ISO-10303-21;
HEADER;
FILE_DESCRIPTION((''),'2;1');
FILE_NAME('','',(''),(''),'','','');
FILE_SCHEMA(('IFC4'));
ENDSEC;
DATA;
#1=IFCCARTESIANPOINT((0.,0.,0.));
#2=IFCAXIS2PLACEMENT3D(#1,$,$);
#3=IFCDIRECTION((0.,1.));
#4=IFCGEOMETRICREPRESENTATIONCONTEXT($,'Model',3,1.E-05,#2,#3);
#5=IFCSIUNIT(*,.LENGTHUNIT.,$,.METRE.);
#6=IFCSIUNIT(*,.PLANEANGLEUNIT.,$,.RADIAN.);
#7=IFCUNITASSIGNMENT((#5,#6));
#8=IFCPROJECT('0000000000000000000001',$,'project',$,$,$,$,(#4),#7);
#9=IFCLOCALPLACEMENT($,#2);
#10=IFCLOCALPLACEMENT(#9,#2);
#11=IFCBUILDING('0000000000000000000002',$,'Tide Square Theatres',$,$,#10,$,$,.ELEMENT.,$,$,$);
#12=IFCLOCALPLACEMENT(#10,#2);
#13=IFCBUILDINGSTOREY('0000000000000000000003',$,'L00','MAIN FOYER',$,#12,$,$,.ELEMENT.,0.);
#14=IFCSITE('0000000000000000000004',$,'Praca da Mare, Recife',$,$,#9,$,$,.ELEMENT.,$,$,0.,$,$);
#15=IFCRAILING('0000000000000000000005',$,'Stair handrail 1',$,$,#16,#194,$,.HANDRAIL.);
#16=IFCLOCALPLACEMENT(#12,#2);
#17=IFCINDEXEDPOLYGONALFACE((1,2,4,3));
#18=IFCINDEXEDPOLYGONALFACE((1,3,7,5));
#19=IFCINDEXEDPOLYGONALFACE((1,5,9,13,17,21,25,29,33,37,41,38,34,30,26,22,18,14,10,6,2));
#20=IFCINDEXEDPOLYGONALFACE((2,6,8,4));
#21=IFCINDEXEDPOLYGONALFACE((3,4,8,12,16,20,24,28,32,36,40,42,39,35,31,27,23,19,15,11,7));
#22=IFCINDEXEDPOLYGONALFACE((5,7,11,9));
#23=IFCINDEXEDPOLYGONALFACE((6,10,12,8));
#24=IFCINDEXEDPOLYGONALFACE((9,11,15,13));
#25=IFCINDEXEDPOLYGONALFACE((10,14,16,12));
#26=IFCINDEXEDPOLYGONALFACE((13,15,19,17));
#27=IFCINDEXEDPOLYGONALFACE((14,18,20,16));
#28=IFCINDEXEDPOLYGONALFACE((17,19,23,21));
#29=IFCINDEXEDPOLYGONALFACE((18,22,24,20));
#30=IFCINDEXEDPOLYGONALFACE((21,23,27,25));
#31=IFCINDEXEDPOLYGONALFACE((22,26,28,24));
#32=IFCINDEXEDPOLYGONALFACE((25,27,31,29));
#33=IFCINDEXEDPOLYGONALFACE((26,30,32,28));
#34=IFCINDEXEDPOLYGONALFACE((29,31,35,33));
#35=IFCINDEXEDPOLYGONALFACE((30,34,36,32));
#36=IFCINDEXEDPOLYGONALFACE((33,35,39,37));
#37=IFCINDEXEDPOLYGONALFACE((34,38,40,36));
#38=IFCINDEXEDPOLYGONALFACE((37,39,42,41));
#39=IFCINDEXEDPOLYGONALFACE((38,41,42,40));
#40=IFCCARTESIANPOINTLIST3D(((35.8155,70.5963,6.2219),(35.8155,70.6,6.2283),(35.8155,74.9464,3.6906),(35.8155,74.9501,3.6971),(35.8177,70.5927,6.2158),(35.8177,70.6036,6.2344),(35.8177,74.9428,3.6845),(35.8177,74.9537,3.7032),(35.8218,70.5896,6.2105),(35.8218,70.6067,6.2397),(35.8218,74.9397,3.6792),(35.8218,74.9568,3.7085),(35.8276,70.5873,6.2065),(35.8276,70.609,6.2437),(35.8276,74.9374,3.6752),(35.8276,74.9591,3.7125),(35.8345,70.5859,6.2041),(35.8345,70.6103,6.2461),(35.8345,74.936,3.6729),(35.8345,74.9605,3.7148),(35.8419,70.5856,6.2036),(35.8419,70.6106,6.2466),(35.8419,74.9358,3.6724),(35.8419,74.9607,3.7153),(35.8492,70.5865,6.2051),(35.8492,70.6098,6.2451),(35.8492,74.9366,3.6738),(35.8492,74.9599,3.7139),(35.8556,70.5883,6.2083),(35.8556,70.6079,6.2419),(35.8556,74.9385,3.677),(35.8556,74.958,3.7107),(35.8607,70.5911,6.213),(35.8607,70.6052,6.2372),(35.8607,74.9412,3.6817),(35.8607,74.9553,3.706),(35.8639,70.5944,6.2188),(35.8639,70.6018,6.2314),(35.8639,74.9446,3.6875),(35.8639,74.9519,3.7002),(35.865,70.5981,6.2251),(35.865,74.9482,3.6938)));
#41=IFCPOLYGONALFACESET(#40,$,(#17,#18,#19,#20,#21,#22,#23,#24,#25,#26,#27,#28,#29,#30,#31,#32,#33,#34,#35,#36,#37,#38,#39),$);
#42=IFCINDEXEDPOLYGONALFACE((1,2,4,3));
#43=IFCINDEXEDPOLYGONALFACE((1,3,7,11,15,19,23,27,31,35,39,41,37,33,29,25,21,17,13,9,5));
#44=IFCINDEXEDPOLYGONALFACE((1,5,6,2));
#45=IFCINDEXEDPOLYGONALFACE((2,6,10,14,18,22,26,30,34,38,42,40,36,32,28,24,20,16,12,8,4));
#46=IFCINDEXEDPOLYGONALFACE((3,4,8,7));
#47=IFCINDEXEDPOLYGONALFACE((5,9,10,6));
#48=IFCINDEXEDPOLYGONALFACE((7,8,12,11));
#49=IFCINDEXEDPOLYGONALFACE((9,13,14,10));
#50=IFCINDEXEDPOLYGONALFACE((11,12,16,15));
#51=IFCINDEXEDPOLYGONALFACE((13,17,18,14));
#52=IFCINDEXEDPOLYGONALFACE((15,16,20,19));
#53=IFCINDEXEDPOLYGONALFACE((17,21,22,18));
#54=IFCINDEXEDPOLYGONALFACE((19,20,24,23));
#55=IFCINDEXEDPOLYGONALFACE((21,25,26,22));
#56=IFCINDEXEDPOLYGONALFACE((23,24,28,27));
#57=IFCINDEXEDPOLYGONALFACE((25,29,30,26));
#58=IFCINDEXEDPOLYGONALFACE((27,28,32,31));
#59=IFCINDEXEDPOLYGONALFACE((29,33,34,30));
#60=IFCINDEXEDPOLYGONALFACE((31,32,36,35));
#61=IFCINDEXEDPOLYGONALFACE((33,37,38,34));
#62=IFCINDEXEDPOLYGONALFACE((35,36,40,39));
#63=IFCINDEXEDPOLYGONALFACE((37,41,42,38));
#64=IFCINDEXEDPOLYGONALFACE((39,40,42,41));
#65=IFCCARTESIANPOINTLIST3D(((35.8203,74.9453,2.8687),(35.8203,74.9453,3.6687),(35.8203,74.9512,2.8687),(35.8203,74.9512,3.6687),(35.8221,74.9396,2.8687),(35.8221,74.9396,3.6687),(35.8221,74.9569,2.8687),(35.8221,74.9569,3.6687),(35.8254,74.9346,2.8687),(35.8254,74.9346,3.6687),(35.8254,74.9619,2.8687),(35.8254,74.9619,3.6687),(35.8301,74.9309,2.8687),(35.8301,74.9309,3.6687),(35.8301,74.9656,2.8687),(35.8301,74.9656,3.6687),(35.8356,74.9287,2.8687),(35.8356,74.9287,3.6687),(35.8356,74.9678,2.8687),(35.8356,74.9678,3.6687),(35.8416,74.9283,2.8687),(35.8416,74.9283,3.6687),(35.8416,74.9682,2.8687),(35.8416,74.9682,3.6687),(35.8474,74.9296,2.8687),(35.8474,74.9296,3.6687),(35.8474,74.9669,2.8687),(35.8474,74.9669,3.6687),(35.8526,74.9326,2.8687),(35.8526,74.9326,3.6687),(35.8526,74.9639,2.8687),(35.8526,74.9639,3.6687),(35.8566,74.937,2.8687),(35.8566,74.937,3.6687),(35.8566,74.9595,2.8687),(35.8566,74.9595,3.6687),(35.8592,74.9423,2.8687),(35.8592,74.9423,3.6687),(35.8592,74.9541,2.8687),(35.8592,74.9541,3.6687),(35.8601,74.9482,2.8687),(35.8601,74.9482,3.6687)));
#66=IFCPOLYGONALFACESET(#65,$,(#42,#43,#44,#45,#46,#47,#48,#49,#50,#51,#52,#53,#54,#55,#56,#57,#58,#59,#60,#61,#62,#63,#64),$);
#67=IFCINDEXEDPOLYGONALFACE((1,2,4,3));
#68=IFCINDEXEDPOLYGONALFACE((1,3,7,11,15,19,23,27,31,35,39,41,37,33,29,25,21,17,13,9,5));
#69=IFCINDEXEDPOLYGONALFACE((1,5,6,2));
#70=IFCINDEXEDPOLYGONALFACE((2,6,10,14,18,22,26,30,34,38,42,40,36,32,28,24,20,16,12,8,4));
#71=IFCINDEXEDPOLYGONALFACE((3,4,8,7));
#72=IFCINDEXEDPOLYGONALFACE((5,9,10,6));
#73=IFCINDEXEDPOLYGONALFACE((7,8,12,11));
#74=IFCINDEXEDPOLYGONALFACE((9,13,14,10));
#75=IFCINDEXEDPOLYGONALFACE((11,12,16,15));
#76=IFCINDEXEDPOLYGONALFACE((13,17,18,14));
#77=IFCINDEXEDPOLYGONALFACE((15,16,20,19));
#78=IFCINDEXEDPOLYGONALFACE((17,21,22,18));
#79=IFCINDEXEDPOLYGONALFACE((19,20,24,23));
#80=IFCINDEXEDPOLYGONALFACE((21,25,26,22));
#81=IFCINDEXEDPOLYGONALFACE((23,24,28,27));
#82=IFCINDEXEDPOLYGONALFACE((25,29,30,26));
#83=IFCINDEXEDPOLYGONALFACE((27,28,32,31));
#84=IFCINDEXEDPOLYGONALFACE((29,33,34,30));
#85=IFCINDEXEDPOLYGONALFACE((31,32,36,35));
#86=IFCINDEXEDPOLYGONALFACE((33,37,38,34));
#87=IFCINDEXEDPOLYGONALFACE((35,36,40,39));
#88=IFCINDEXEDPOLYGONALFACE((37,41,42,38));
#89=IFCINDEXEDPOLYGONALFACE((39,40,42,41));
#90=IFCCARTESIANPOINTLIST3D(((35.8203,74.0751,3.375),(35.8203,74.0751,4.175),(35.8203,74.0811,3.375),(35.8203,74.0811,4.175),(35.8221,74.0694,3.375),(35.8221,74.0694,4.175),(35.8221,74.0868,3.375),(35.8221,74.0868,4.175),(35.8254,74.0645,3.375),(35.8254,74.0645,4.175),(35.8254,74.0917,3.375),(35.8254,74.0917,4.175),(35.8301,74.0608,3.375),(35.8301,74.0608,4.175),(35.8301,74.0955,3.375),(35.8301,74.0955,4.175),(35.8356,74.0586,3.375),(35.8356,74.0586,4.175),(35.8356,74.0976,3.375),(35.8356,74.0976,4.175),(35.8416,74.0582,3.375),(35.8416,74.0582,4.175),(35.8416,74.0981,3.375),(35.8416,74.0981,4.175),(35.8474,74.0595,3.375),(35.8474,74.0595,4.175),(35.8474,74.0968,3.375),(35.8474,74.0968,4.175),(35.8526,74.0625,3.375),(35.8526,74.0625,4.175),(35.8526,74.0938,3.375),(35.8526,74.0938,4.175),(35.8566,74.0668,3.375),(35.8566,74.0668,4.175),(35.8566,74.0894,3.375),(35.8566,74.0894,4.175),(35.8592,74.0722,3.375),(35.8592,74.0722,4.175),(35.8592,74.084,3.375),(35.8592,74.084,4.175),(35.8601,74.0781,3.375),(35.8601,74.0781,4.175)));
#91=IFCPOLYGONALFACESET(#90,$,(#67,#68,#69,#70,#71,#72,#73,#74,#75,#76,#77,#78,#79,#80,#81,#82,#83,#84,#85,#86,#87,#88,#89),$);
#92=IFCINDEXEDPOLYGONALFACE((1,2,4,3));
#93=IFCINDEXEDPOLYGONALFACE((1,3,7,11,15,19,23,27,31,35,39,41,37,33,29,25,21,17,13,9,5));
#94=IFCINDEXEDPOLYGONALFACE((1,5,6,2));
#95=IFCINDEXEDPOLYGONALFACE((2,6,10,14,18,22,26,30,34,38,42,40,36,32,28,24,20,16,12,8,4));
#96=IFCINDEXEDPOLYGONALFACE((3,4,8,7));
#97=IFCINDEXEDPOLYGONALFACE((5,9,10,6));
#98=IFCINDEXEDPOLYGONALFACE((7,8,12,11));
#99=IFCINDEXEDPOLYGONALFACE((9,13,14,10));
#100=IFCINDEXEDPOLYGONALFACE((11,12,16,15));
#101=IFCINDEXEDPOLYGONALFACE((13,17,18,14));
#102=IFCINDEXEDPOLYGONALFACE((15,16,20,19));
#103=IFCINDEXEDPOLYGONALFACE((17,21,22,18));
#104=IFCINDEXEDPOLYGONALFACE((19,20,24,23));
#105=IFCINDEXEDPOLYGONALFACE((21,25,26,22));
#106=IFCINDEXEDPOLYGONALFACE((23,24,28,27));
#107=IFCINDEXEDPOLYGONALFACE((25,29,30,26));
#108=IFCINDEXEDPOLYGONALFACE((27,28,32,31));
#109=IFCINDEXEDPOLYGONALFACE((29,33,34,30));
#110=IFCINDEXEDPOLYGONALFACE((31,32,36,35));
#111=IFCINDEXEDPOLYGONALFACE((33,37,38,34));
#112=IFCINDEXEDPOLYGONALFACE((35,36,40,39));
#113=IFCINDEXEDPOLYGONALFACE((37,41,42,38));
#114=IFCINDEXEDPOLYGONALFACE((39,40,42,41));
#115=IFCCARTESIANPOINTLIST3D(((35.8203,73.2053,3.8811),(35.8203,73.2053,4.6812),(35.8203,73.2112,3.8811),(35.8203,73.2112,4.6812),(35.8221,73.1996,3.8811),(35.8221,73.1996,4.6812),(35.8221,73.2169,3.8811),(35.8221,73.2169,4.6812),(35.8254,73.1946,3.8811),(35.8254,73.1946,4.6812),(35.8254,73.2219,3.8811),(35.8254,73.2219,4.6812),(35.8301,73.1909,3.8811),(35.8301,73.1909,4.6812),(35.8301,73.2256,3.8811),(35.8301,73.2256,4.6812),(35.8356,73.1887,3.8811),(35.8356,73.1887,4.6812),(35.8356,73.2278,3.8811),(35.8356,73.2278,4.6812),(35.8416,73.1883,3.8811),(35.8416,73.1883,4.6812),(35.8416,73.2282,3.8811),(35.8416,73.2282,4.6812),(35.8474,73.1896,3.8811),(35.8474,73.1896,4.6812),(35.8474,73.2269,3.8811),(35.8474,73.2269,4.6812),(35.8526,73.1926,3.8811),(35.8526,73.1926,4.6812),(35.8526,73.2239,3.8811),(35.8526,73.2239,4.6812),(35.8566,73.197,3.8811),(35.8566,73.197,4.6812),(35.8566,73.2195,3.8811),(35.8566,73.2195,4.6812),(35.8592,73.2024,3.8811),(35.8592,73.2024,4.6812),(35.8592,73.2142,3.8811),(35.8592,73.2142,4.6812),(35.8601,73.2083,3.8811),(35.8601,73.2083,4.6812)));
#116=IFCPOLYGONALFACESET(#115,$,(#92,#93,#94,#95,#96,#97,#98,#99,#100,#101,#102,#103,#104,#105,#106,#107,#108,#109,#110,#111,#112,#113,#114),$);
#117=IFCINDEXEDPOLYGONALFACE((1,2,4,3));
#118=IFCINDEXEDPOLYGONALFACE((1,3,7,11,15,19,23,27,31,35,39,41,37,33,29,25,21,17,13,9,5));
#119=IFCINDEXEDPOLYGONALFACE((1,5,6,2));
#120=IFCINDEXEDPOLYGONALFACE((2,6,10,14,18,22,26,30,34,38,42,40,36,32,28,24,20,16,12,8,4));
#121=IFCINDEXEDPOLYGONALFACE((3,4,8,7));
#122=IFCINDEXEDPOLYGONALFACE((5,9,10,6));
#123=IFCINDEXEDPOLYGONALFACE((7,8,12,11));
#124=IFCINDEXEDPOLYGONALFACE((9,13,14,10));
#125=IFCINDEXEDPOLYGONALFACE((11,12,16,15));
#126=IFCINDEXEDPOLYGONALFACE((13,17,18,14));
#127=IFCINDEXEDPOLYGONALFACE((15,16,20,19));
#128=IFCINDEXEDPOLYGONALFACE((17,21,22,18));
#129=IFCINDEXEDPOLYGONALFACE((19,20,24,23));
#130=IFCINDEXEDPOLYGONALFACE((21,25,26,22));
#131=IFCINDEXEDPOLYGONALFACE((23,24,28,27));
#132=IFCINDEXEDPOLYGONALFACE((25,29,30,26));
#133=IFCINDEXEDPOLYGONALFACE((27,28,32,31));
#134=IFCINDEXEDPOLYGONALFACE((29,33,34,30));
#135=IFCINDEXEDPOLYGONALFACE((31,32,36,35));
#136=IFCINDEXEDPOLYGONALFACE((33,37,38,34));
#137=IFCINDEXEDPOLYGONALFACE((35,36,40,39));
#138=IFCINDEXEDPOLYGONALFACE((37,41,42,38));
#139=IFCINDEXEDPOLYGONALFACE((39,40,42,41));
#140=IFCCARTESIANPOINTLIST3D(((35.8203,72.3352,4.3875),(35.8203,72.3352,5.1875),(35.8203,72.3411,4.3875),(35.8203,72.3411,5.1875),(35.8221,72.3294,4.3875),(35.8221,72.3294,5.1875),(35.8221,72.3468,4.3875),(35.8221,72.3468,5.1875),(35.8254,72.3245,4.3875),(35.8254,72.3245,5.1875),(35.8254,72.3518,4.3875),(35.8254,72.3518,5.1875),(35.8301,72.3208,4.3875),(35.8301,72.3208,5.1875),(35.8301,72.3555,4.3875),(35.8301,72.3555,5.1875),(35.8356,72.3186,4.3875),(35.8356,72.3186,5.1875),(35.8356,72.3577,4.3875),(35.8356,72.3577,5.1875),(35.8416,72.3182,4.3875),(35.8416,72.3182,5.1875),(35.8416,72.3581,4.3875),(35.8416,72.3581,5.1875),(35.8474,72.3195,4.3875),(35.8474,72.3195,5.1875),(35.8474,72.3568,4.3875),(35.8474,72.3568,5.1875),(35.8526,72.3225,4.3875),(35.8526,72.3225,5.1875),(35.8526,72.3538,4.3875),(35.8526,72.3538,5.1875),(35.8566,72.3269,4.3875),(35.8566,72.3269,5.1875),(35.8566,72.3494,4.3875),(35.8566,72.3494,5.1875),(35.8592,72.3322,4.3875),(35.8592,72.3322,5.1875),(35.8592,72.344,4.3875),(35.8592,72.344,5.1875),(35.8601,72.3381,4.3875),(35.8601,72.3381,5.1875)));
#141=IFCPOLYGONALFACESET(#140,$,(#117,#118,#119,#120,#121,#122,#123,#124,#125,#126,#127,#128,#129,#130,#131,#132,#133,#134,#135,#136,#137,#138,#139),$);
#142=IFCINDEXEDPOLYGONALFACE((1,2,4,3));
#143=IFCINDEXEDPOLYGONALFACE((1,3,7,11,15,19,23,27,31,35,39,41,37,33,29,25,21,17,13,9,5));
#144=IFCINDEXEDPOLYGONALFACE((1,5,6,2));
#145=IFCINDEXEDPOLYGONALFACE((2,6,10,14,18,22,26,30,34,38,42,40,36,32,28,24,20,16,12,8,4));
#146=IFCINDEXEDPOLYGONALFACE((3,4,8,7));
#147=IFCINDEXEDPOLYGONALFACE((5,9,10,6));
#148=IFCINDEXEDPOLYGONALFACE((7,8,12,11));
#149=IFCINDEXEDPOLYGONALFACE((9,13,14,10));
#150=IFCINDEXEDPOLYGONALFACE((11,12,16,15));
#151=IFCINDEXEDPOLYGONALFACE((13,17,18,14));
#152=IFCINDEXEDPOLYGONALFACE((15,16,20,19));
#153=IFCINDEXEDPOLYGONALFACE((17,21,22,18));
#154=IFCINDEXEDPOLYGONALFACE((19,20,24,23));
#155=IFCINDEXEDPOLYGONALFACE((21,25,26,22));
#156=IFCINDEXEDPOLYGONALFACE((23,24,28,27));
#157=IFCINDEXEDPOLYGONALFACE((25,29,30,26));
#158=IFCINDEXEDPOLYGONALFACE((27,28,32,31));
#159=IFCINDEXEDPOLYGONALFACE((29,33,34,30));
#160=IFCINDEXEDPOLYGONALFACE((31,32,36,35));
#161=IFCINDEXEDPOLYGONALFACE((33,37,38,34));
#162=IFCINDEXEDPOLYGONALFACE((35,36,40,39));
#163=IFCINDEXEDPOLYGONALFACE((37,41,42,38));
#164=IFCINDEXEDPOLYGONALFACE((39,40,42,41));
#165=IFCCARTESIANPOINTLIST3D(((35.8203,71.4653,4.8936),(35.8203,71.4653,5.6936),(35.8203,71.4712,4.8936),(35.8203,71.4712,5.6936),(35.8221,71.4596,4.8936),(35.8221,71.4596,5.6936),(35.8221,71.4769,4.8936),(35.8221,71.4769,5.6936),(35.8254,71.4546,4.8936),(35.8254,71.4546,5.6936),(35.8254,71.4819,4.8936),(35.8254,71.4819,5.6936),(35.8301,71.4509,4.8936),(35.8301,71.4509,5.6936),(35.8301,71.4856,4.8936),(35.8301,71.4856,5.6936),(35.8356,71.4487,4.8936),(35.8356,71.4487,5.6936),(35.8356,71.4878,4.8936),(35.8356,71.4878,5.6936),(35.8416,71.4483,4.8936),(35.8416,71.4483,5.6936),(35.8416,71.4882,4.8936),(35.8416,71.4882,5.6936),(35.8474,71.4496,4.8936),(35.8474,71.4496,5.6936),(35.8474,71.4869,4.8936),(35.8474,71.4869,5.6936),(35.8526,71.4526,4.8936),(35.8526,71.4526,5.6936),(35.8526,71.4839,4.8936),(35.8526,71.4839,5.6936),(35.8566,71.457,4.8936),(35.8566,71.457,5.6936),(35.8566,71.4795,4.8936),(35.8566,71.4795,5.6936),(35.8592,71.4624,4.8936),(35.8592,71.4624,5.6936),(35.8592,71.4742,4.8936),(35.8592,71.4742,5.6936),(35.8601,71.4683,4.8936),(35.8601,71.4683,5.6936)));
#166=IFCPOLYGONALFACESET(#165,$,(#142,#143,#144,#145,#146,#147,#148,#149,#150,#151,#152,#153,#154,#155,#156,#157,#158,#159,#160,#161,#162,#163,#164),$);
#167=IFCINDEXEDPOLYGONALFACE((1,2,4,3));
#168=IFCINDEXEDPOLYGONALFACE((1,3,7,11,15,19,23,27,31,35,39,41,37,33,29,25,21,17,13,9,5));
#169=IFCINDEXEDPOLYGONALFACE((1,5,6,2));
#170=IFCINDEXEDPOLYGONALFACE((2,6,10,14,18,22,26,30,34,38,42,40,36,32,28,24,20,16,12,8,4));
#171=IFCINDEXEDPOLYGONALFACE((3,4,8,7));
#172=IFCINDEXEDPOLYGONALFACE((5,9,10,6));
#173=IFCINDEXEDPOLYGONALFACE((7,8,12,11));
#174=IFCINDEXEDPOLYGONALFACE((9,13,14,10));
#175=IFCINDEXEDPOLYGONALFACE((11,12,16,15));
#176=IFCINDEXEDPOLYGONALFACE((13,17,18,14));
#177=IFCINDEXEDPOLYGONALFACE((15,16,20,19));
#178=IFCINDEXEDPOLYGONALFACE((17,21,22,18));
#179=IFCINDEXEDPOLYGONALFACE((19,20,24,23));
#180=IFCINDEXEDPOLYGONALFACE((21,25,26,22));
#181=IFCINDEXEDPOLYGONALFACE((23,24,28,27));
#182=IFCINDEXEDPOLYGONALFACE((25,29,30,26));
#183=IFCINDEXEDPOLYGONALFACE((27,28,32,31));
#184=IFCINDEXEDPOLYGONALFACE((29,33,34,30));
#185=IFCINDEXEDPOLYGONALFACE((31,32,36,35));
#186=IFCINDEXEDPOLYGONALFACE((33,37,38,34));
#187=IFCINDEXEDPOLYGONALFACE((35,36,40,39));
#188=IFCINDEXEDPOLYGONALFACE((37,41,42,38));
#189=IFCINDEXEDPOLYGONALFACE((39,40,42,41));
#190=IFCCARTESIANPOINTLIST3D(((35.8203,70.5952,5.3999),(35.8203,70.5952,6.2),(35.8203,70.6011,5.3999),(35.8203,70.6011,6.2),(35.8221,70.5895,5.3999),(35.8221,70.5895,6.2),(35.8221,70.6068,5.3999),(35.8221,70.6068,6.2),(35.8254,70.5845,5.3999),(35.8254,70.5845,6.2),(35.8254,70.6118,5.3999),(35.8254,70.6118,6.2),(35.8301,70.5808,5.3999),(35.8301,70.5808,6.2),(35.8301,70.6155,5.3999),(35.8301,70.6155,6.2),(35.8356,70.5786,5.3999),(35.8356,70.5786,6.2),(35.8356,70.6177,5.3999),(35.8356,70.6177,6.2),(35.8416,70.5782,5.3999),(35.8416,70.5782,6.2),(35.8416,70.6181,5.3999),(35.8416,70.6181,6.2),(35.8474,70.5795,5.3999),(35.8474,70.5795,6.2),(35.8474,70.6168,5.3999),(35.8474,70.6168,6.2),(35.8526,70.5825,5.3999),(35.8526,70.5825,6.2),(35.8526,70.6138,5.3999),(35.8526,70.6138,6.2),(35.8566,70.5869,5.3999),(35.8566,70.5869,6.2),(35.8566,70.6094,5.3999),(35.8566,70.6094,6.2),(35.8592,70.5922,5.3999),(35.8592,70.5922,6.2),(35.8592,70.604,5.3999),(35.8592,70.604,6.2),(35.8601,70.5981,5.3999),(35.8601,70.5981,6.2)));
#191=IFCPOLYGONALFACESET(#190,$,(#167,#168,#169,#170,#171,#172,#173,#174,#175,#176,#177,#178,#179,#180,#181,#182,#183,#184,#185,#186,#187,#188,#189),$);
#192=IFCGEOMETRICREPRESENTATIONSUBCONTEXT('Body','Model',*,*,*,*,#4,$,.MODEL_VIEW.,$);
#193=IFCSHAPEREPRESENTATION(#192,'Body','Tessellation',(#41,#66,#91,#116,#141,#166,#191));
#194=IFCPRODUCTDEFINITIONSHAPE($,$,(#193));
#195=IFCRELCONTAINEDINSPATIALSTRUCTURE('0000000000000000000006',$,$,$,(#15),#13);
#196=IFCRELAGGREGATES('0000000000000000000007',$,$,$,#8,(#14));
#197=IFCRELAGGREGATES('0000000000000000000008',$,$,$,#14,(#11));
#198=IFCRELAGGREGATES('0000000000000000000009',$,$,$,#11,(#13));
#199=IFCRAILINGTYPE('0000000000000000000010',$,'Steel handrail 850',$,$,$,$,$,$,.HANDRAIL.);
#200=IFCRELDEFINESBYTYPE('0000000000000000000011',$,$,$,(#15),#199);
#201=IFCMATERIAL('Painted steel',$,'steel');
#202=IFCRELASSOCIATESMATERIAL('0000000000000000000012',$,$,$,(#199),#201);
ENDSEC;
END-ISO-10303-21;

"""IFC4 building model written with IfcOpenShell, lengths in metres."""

from ifc_helpers import new_model, si_unit, direction, frame, origin, origin_2d, place, context, subcontext, project, spatial, circle, extrude, material, type_object, element, save


model = new_model("IFC4")

# Units and contexts
model_context = context("Model", 3, precision=1e-05, world=origin(), true_north=direction((0.0, 1.0)))
body_context = subcontext(model_context, "Body", "Model", "MODEL_VIEW")
ifc_project = project(units=[si_unit("LENGTHUNIT", "METRE"), si_unit("PLANEANGLEUNIT", "RADIAN")], contexts=[model_context])

# Site, building, storey
site_placement = place(None, origin())
site = spatial("IfcSite", under=ifc_project, at=site_placement, Name="Praca da Mare, Recife", CompositionType="ELEMENT", RefElevation=0.0)
building_placement = place(site_placement, origin())
building = spatial("IfcBuilding", under=site, at=building_placement, Name="Tide Square Theatres", CompositionType="ELEMENT")
storey_placement = place(building_placement, origin())
storey = spatial("IfcBuildingStorey", under=building, at=storey_placement, Name="L00", Description="MAIN FOYER", CompositionType="ELEMENT", Elevation=0.0)

# Railing
ifc_material_1 = material(Name="Painted steel", Category="steel")
railing_type = type_object("IfcRailingType", Name="Steel handrail 850", PredefinedType="HANDRAIL", material=ifc_material_1)
for number, where, name in (
    (1, (35.8401, 74.9482, 2.8687), "Stair handrail 1"),
):
    element("IfcRailing", number, at=place(storey_placement, frame(where)), inside=storey, type_object=railing_type, Name=name, PredefinedType="HANDRAIL", context=body_context, shape_type="SweptSolid", body=[
        extrude(circle(Radius=0.0249, at=origin_2d()), frame((0.0, 0.0, 0.8252), z_axis=(0.0, -0.864324, 0.502936), x_axis=(1.0, 0.0, 0.0)), (0.0, 0.0, 1.0), 5.033),
        extrude(circle(Radius=0.02, at=origin_2d()), origin(), (0.0, 0.0, 1.0), 0.8),
        extrude(circle(Radius=0.02, at=origin_2d()), frame((0.0, -0.8701, 0.5063)), (0.0, 0.0, 1.0), 0.8),
        extrude(circle(Radius=0.02, at=origin_2d()), frame((0.0, -1.74, 1.0125)), (0.0, 0.0, 1.0), 0.8),
        extrude(circle(Radius=0.02, at=origin_2d()), frame((0.0, -2.6101, 1.5188)), (0.0, 0.0, 1.0), 0.8),
        extrude(circle(Radius=0.02, at=origin_2d()), frame((0.0, -3.48, 2.0249)), (0.0, 0.0, 1.0), 0.8),
        extrude(circle(Radius=0.02, at=origin_2d()), frame((0.0, -4.3501, 2.5312)), (0.0, 0.0, 1.0), 0.8),
    ])

save(model, "model.ifc")
